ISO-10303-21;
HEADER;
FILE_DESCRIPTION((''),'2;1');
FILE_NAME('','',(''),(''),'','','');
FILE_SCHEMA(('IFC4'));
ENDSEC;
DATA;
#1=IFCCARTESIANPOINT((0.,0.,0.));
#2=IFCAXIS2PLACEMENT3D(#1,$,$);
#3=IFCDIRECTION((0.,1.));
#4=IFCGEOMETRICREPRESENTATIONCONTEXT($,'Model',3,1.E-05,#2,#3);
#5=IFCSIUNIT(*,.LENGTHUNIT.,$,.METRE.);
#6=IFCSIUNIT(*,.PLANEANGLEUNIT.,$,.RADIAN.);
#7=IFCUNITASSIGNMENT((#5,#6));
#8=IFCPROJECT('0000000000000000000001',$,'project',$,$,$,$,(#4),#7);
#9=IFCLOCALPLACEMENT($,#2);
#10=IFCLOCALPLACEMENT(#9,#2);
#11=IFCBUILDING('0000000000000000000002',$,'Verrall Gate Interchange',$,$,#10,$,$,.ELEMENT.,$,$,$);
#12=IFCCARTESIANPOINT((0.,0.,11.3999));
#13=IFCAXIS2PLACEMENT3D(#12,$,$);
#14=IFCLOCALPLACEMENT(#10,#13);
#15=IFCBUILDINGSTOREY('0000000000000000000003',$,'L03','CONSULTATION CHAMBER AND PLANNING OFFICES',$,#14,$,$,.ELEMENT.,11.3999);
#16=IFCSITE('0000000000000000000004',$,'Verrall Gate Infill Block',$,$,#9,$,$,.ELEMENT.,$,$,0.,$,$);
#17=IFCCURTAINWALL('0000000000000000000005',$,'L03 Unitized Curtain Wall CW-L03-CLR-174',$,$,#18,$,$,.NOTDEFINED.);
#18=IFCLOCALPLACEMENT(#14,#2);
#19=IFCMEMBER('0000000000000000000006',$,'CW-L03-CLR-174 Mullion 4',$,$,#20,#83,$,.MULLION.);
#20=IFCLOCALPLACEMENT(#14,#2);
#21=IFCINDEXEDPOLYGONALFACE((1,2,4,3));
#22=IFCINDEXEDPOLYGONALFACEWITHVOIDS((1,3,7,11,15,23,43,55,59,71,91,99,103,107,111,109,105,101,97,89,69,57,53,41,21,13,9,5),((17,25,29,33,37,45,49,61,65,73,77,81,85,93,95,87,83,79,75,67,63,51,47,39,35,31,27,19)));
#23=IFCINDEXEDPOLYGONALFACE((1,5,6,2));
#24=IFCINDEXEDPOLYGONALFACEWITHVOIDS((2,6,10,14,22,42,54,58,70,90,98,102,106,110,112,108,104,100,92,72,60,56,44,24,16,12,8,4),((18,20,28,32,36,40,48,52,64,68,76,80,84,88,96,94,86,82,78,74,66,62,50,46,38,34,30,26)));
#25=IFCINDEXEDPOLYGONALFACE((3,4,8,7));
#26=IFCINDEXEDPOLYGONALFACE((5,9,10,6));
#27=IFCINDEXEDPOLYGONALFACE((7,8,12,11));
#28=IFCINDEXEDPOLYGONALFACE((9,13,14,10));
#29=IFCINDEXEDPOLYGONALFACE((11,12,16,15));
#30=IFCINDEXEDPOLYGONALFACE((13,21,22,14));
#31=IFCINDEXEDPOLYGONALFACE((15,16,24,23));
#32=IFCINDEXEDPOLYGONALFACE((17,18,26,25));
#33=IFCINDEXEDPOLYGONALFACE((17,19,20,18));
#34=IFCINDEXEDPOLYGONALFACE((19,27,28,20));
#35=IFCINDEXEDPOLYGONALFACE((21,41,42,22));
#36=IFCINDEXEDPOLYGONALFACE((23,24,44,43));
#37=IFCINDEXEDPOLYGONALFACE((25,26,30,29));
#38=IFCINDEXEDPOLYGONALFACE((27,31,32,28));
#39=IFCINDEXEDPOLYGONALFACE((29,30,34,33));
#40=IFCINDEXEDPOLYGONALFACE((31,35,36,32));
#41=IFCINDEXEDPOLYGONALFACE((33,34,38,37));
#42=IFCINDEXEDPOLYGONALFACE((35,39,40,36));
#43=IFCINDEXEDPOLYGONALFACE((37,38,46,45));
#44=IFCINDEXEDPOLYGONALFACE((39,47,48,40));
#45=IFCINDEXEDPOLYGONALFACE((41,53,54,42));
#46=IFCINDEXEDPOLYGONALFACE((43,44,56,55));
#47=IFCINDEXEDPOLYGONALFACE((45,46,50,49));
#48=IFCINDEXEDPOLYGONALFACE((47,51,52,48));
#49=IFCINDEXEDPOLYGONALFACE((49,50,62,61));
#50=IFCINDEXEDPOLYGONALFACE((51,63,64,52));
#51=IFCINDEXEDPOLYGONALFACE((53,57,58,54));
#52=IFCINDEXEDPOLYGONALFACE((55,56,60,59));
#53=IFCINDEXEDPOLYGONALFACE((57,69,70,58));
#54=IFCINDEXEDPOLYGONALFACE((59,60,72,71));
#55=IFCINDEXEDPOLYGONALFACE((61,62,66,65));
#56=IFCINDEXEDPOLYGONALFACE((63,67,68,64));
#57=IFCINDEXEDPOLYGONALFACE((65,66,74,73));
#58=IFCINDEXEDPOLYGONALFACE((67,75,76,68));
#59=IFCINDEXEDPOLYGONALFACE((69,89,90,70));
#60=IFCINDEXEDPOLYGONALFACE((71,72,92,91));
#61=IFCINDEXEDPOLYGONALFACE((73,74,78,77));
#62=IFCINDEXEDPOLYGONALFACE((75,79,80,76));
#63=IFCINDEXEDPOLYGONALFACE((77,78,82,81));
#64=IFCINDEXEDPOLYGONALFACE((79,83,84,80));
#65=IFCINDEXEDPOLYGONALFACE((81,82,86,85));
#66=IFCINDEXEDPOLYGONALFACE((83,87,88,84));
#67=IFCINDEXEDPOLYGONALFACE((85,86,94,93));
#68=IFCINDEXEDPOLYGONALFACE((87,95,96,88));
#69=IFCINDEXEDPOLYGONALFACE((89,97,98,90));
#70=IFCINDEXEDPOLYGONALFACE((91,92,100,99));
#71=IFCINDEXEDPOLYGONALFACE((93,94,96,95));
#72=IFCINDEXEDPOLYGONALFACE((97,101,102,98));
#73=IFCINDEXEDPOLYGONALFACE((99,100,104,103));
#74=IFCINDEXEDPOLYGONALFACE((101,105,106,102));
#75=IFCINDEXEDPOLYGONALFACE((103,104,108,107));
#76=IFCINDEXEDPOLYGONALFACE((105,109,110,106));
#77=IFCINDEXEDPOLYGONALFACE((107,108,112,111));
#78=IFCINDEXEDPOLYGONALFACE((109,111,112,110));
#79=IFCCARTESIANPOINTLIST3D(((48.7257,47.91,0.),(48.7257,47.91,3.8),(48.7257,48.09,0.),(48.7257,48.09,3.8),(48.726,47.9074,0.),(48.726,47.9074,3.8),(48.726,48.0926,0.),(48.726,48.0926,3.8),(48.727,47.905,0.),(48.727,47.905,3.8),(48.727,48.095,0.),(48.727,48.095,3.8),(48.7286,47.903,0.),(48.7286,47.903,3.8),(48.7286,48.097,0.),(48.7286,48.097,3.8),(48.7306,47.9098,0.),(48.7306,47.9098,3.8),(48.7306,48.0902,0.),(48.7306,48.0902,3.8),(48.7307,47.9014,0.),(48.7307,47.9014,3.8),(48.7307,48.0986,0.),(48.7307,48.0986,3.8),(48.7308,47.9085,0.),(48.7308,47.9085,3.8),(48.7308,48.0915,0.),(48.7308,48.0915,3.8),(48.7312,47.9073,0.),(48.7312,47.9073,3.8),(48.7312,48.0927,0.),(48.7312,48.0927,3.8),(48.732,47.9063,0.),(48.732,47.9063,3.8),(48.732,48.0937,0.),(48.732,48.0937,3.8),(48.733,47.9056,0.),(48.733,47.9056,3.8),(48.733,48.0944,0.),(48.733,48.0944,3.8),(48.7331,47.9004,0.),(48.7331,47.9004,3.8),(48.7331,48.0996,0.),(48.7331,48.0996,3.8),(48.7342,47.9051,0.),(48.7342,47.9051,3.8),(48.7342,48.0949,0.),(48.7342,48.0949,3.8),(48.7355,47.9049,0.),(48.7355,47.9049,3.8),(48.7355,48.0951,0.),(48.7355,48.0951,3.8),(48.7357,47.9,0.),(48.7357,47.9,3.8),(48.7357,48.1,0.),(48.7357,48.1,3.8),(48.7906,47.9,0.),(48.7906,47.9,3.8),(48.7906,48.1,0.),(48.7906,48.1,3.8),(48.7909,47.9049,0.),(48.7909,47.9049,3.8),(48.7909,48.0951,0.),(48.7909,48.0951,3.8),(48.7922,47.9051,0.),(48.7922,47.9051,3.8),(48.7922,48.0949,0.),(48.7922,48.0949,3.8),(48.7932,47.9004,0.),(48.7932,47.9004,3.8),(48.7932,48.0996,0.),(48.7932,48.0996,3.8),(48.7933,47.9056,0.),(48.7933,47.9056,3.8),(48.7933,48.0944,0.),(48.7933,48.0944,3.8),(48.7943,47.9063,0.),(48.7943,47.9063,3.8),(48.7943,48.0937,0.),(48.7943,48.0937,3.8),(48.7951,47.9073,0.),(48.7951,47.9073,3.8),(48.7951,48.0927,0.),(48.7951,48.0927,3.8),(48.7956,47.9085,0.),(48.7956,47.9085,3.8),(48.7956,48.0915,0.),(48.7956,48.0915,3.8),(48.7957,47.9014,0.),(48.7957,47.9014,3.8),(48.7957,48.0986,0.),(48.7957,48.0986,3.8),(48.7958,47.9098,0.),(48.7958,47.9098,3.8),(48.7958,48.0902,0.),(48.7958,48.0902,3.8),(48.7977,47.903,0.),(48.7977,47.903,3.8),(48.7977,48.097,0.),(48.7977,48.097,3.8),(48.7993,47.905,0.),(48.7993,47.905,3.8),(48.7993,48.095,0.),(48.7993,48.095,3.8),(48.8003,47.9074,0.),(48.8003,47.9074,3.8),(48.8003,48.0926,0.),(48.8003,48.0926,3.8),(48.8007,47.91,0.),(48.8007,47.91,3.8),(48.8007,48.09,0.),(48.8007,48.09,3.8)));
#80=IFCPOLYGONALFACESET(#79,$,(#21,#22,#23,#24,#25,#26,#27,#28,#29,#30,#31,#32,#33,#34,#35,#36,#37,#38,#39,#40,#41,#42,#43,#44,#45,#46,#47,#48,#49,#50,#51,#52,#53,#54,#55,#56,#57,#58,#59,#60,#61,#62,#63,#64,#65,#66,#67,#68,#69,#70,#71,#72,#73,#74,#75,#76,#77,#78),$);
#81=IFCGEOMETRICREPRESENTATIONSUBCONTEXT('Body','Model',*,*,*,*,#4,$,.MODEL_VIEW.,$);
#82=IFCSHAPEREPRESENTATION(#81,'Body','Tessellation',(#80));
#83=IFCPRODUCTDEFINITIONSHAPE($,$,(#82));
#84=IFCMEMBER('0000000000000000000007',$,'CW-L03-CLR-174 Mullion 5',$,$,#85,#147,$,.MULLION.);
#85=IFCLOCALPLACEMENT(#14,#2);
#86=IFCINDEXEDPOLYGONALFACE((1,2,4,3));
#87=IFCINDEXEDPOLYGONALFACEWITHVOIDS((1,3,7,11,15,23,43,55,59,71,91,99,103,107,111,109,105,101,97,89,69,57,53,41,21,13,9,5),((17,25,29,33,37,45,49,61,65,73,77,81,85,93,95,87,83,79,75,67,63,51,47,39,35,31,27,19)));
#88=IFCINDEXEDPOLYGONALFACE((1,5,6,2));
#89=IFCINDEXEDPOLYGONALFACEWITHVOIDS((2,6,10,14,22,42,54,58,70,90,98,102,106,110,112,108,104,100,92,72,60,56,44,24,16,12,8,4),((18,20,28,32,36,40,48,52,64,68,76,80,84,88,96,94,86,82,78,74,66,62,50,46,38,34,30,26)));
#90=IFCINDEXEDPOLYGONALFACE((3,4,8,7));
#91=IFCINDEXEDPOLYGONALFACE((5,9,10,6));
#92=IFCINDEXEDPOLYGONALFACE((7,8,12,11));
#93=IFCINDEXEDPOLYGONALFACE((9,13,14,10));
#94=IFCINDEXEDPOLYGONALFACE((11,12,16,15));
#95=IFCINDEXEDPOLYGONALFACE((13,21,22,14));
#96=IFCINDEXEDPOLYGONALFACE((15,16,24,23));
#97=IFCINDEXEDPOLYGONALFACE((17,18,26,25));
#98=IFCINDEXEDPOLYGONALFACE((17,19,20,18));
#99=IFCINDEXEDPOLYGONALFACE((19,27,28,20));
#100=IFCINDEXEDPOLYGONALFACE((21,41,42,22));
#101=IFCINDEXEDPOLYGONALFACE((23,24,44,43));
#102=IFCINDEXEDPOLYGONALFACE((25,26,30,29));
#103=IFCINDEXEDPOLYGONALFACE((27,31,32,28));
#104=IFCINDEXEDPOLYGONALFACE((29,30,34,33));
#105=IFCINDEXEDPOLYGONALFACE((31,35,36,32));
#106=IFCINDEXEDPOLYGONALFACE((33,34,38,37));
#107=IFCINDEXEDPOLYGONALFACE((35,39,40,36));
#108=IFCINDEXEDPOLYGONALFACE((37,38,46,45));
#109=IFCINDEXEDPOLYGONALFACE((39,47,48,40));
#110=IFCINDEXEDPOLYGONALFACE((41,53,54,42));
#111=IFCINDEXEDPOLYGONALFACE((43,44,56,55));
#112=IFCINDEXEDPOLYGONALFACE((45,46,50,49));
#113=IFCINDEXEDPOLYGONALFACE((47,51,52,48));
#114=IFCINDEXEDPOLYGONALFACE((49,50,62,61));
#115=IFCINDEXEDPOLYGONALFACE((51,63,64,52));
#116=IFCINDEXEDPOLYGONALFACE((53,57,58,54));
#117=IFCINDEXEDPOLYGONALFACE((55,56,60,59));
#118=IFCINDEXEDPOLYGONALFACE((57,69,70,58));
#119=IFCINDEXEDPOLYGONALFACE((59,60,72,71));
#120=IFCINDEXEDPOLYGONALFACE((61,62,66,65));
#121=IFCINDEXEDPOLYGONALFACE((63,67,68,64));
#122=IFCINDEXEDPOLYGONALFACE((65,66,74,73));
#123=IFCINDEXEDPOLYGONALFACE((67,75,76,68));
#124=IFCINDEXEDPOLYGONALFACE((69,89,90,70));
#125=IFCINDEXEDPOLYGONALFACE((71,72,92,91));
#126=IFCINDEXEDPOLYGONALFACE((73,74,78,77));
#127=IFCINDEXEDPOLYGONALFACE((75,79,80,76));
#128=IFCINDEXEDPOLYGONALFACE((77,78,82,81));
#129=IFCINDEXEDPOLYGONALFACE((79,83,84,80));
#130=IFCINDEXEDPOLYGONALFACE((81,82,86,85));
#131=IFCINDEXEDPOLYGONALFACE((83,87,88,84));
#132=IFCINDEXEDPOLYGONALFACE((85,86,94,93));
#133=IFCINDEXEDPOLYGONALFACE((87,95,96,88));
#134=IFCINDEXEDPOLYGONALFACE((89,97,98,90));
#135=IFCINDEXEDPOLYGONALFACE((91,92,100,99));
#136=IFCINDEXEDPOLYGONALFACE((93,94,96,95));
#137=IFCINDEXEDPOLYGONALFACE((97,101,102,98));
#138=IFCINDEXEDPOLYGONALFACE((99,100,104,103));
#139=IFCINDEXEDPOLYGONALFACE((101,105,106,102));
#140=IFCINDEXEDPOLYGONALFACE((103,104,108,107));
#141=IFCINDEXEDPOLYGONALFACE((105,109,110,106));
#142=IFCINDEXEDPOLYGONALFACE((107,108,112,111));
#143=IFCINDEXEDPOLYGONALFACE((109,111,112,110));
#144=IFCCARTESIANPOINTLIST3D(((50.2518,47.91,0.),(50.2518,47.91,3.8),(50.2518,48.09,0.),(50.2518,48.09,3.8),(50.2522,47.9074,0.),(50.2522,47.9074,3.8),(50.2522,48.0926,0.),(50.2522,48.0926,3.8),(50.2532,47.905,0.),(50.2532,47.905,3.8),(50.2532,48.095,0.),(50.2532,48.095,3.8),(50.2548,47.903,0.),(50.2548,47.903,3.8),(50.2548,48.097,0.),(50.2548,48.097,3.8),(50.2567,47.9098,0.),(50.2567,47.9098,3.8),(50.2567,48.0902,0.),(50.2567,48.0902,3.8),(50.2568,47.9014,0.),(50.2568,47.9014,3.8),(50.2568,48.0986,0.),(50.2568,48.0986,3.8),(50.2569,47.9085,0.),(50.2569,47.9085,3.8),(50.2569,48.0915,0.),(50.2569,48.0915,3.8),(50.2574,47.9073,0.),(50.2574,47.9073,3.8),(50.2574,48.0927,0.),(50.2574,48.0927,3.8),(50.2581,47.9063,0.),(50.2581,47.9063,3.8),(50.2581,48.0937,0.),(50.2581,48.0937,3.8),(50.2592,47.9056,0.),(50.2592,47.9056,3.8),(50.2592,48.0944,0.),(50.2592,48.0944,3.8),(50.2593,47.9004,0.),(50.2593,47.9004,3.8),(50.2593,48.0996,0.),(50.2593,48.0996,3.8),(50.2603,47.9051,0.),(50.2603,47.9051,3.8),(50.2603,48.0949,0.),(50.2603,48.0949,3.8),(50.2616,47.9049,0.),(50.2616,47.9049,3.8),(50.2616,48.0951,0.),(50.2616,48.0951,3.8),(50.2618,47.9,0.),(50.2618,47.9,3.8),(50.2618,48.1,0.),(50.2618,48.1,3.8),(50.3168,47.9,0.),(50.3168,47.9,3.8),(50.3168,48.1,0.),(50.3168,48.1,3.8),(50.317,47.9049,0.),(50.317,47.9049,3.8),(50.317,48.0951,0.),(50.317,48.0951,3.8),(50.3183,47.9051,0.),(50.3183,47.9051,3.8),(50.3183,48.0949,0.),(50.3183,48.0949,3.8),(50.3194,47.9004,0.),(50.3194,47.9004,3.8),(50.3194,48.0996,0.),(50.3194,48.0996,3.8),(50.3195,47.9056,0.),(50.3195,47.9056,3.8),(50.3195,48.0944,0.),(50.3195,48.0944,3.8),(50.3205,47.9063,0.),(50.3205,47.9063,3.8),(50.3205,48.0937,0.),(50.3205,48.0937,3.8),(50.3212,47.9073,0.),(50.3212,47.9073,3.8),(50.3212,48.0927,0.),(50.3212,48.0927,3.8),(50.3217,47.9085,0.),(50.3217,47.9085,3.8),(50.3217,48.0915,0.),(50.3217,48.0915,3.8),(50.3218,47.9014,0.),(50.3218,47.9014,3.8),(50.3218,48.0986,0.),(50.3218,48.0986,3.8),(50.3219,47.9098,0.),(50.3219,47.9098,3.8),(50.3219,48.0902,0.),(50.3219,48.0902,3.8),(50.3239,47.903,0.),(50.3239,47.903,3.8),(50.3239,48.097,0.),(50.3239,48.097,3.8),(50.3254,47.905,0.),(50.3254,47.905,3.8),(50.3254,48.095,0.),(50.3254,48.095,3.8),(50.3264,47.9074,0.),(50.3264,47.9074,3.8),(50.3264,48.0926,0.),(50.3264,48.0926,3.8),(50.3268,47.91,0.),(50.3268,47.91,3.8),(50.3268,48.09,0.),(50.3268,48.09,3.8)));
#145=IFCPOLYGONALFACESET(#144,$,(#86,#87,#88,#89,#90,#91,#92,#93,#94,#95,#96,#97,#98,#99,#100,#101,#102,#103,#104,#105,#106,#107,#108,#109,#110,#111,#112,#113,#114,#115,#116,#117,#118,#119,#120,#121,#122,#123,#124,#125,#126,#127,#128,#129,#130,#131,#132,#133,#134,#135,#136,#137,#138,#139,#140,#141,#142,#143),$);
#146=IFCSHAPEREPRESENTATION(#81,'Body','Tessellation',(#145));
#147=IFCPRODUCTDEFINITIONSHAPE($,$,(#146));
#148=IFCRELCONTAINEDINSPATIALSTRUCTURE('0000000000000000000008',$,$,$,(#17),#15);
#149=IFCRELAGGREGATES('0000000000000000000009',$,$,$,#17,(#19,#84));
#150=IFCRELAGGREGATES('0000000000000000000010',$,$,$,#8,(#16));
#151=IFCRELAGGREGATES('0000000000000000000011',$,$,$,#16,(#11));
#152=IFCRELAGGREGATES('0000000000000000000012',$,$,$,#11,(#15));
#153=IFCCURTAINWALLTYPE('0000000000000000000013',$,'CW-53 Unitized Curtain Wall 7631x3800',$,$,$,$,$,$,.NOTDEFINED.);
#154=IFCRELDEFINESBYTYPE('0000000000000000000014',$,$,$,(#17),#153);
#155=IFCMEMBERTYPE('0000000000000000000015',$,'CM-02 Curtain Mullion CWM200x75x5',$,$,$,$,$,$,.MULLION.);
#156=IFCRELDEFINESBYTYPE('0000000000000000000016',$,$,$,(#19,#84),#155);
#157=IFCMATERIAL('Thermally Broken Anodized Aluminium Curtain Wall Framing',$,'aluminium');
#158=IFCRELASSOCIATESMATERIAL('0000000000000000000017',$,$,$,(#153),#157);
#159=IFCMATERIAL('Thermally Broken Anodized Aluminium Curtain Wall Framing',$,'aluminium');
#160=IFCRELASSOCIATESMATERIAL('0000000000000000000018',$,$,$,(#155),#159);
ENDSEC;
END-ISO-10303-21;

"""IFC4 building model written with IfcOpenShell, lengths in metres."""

from ifc_helpers import new_model, si_unit, direction, frame, origin, origin_2d, place, context, subcontext, project, spatial, hollow_rectangle, extrude, material, material_profile, profile_set, type_object, element, aggregate, save


model = new_model("IFC4")

# Units and contexts
model_context = context("Model", 3, precision=1e-05, world=origin(), true_north=direction((0.0, 1.0)))
body_context = subcontext(model_context, "Body", "Model", "MODEL_VIEW")
ifc_project = project(units=[si_unit("LENGTHUNIT", "METRE"), si_unit("PLANEANGLEUNIT", "RADIAN")], contexts=[model_context])

# Site, building, storey
site_placement = place(None, origin())
site = spatial("IfcSite", under=ifc_project, at=site_placement, Name="Verrall Gate Infill Block", CompositionType="ELEMENT", RefElevation=0.0)
building_placement = place(site_placement, origin())
building = spatial("IfcBuilding", under=site, at=building_placement, Name="Verrall Gate Interchange", CompositionType="ELEMENT")
storey_placement = place(building_placement, frame((0.0, 0.0, 11.3999)))
storey = spatial("IfcBuildingStorey", under=building, at=storey_placement, Name="L03", Description="CONSULTATION CHAMBER AND PLANNING OFFICES", CompositionType="ELEMENT", Elevation=11.3999)

# Curtain wall, members
ifc_material_1 = material(Name="Thermally Broken Anodized Aluminium Curtain Wall Framing", Category="aluminium")
curtain_wall_type = type_object("IfcCurtainWallType", Name="CW-53 Unitized Curtain Wall 7631x3800", PredefinedType="NOTDEFINED", material=ifc_material_1)
curtain_wall_placement = place(storey_placement, origin())
curtain_wall = element("IfcCurtainWall", 1, at=curtain_wall_placement, inside=storey, type_object=curtain_wall_type, Name="L03 Unitized Curtain Wall CW-L03-CLR-174", PredefinedType="NOTDEFINED")
ifc_material_2 = material(Name="Thermally Broken Anodized Aluminium Curtain Wall Framing", Category="aluminium")
ifc_material_profile_1 = material_profile(ifc_material_2, hollow_rectangle(XDim=0.075, YDim=0.2, WallThickness=0.0049, InnerFilletRadius=0.0049, OuterFilletRadius=0.01, at=origin_2d()), Name="CWM200x75x5")
ifc_profile_set_1 = profile_set([ifc_material_profile_1], Name="Thermally Broken Anodized Aluminium Curtain Wall Framing")
member_type_1 = type_object("IfcMemberType", Name="CM-02 Curtain Mullion CWM200x75x5", PredefinedType="MULLION", material=ifc_profile_set_1)
member_1_placement = place(storey_placement, frame((48.7632, 48.0, 0.0), z_axis=(0.0, 0.0, 1.0), x_axis=(1.0, 0.0, 0.0)))
member_1 = element("IfcMember", 2, at=member_1_placement, type_object=member_type_1, Name="CW-L03-CLR-174 Mullion 4", PredefinedType="MULLION", context=body_context, shape_type="SweptSolid", body=[
    extrude(hollow_rectangle(XDim=0.075, YDim=0.2, WallThickness=0.0049, InnerFilletRadius=0.0049, OuterFilletRadius=0.01, at=origin_2d()), origin(), (0.0, 0.0, 1.0), 3.8),
])
member_2_placement = place(storey_placement, frame((50.2893, 48.0, 0.0), z_axis=(0.0, 0.0, 1.0), x_axis=(1.0, 0.0, 0.0)))
member_2 = element("IfcMember", 3, at=member_2_placement, type_object=member_type_1, Name="CW-L03-CLR-174 Mullion 5", PredefinedType="MULLION", context=body_context, shape_type="SweptSolid", body=[
    extrude(hollow_rectangle(XDim=0.075, YDim=0.2, WallThickness=0.0049, InnerFilletRadius=0.0049, OuterFilletRadius=0.01, at=origin_2d()), origin(), (0.0, 0.0, 1.0), 3.8),
])

aggregate(curtain_wall, [member_1, member_2])

save(model, "model.ifc")
